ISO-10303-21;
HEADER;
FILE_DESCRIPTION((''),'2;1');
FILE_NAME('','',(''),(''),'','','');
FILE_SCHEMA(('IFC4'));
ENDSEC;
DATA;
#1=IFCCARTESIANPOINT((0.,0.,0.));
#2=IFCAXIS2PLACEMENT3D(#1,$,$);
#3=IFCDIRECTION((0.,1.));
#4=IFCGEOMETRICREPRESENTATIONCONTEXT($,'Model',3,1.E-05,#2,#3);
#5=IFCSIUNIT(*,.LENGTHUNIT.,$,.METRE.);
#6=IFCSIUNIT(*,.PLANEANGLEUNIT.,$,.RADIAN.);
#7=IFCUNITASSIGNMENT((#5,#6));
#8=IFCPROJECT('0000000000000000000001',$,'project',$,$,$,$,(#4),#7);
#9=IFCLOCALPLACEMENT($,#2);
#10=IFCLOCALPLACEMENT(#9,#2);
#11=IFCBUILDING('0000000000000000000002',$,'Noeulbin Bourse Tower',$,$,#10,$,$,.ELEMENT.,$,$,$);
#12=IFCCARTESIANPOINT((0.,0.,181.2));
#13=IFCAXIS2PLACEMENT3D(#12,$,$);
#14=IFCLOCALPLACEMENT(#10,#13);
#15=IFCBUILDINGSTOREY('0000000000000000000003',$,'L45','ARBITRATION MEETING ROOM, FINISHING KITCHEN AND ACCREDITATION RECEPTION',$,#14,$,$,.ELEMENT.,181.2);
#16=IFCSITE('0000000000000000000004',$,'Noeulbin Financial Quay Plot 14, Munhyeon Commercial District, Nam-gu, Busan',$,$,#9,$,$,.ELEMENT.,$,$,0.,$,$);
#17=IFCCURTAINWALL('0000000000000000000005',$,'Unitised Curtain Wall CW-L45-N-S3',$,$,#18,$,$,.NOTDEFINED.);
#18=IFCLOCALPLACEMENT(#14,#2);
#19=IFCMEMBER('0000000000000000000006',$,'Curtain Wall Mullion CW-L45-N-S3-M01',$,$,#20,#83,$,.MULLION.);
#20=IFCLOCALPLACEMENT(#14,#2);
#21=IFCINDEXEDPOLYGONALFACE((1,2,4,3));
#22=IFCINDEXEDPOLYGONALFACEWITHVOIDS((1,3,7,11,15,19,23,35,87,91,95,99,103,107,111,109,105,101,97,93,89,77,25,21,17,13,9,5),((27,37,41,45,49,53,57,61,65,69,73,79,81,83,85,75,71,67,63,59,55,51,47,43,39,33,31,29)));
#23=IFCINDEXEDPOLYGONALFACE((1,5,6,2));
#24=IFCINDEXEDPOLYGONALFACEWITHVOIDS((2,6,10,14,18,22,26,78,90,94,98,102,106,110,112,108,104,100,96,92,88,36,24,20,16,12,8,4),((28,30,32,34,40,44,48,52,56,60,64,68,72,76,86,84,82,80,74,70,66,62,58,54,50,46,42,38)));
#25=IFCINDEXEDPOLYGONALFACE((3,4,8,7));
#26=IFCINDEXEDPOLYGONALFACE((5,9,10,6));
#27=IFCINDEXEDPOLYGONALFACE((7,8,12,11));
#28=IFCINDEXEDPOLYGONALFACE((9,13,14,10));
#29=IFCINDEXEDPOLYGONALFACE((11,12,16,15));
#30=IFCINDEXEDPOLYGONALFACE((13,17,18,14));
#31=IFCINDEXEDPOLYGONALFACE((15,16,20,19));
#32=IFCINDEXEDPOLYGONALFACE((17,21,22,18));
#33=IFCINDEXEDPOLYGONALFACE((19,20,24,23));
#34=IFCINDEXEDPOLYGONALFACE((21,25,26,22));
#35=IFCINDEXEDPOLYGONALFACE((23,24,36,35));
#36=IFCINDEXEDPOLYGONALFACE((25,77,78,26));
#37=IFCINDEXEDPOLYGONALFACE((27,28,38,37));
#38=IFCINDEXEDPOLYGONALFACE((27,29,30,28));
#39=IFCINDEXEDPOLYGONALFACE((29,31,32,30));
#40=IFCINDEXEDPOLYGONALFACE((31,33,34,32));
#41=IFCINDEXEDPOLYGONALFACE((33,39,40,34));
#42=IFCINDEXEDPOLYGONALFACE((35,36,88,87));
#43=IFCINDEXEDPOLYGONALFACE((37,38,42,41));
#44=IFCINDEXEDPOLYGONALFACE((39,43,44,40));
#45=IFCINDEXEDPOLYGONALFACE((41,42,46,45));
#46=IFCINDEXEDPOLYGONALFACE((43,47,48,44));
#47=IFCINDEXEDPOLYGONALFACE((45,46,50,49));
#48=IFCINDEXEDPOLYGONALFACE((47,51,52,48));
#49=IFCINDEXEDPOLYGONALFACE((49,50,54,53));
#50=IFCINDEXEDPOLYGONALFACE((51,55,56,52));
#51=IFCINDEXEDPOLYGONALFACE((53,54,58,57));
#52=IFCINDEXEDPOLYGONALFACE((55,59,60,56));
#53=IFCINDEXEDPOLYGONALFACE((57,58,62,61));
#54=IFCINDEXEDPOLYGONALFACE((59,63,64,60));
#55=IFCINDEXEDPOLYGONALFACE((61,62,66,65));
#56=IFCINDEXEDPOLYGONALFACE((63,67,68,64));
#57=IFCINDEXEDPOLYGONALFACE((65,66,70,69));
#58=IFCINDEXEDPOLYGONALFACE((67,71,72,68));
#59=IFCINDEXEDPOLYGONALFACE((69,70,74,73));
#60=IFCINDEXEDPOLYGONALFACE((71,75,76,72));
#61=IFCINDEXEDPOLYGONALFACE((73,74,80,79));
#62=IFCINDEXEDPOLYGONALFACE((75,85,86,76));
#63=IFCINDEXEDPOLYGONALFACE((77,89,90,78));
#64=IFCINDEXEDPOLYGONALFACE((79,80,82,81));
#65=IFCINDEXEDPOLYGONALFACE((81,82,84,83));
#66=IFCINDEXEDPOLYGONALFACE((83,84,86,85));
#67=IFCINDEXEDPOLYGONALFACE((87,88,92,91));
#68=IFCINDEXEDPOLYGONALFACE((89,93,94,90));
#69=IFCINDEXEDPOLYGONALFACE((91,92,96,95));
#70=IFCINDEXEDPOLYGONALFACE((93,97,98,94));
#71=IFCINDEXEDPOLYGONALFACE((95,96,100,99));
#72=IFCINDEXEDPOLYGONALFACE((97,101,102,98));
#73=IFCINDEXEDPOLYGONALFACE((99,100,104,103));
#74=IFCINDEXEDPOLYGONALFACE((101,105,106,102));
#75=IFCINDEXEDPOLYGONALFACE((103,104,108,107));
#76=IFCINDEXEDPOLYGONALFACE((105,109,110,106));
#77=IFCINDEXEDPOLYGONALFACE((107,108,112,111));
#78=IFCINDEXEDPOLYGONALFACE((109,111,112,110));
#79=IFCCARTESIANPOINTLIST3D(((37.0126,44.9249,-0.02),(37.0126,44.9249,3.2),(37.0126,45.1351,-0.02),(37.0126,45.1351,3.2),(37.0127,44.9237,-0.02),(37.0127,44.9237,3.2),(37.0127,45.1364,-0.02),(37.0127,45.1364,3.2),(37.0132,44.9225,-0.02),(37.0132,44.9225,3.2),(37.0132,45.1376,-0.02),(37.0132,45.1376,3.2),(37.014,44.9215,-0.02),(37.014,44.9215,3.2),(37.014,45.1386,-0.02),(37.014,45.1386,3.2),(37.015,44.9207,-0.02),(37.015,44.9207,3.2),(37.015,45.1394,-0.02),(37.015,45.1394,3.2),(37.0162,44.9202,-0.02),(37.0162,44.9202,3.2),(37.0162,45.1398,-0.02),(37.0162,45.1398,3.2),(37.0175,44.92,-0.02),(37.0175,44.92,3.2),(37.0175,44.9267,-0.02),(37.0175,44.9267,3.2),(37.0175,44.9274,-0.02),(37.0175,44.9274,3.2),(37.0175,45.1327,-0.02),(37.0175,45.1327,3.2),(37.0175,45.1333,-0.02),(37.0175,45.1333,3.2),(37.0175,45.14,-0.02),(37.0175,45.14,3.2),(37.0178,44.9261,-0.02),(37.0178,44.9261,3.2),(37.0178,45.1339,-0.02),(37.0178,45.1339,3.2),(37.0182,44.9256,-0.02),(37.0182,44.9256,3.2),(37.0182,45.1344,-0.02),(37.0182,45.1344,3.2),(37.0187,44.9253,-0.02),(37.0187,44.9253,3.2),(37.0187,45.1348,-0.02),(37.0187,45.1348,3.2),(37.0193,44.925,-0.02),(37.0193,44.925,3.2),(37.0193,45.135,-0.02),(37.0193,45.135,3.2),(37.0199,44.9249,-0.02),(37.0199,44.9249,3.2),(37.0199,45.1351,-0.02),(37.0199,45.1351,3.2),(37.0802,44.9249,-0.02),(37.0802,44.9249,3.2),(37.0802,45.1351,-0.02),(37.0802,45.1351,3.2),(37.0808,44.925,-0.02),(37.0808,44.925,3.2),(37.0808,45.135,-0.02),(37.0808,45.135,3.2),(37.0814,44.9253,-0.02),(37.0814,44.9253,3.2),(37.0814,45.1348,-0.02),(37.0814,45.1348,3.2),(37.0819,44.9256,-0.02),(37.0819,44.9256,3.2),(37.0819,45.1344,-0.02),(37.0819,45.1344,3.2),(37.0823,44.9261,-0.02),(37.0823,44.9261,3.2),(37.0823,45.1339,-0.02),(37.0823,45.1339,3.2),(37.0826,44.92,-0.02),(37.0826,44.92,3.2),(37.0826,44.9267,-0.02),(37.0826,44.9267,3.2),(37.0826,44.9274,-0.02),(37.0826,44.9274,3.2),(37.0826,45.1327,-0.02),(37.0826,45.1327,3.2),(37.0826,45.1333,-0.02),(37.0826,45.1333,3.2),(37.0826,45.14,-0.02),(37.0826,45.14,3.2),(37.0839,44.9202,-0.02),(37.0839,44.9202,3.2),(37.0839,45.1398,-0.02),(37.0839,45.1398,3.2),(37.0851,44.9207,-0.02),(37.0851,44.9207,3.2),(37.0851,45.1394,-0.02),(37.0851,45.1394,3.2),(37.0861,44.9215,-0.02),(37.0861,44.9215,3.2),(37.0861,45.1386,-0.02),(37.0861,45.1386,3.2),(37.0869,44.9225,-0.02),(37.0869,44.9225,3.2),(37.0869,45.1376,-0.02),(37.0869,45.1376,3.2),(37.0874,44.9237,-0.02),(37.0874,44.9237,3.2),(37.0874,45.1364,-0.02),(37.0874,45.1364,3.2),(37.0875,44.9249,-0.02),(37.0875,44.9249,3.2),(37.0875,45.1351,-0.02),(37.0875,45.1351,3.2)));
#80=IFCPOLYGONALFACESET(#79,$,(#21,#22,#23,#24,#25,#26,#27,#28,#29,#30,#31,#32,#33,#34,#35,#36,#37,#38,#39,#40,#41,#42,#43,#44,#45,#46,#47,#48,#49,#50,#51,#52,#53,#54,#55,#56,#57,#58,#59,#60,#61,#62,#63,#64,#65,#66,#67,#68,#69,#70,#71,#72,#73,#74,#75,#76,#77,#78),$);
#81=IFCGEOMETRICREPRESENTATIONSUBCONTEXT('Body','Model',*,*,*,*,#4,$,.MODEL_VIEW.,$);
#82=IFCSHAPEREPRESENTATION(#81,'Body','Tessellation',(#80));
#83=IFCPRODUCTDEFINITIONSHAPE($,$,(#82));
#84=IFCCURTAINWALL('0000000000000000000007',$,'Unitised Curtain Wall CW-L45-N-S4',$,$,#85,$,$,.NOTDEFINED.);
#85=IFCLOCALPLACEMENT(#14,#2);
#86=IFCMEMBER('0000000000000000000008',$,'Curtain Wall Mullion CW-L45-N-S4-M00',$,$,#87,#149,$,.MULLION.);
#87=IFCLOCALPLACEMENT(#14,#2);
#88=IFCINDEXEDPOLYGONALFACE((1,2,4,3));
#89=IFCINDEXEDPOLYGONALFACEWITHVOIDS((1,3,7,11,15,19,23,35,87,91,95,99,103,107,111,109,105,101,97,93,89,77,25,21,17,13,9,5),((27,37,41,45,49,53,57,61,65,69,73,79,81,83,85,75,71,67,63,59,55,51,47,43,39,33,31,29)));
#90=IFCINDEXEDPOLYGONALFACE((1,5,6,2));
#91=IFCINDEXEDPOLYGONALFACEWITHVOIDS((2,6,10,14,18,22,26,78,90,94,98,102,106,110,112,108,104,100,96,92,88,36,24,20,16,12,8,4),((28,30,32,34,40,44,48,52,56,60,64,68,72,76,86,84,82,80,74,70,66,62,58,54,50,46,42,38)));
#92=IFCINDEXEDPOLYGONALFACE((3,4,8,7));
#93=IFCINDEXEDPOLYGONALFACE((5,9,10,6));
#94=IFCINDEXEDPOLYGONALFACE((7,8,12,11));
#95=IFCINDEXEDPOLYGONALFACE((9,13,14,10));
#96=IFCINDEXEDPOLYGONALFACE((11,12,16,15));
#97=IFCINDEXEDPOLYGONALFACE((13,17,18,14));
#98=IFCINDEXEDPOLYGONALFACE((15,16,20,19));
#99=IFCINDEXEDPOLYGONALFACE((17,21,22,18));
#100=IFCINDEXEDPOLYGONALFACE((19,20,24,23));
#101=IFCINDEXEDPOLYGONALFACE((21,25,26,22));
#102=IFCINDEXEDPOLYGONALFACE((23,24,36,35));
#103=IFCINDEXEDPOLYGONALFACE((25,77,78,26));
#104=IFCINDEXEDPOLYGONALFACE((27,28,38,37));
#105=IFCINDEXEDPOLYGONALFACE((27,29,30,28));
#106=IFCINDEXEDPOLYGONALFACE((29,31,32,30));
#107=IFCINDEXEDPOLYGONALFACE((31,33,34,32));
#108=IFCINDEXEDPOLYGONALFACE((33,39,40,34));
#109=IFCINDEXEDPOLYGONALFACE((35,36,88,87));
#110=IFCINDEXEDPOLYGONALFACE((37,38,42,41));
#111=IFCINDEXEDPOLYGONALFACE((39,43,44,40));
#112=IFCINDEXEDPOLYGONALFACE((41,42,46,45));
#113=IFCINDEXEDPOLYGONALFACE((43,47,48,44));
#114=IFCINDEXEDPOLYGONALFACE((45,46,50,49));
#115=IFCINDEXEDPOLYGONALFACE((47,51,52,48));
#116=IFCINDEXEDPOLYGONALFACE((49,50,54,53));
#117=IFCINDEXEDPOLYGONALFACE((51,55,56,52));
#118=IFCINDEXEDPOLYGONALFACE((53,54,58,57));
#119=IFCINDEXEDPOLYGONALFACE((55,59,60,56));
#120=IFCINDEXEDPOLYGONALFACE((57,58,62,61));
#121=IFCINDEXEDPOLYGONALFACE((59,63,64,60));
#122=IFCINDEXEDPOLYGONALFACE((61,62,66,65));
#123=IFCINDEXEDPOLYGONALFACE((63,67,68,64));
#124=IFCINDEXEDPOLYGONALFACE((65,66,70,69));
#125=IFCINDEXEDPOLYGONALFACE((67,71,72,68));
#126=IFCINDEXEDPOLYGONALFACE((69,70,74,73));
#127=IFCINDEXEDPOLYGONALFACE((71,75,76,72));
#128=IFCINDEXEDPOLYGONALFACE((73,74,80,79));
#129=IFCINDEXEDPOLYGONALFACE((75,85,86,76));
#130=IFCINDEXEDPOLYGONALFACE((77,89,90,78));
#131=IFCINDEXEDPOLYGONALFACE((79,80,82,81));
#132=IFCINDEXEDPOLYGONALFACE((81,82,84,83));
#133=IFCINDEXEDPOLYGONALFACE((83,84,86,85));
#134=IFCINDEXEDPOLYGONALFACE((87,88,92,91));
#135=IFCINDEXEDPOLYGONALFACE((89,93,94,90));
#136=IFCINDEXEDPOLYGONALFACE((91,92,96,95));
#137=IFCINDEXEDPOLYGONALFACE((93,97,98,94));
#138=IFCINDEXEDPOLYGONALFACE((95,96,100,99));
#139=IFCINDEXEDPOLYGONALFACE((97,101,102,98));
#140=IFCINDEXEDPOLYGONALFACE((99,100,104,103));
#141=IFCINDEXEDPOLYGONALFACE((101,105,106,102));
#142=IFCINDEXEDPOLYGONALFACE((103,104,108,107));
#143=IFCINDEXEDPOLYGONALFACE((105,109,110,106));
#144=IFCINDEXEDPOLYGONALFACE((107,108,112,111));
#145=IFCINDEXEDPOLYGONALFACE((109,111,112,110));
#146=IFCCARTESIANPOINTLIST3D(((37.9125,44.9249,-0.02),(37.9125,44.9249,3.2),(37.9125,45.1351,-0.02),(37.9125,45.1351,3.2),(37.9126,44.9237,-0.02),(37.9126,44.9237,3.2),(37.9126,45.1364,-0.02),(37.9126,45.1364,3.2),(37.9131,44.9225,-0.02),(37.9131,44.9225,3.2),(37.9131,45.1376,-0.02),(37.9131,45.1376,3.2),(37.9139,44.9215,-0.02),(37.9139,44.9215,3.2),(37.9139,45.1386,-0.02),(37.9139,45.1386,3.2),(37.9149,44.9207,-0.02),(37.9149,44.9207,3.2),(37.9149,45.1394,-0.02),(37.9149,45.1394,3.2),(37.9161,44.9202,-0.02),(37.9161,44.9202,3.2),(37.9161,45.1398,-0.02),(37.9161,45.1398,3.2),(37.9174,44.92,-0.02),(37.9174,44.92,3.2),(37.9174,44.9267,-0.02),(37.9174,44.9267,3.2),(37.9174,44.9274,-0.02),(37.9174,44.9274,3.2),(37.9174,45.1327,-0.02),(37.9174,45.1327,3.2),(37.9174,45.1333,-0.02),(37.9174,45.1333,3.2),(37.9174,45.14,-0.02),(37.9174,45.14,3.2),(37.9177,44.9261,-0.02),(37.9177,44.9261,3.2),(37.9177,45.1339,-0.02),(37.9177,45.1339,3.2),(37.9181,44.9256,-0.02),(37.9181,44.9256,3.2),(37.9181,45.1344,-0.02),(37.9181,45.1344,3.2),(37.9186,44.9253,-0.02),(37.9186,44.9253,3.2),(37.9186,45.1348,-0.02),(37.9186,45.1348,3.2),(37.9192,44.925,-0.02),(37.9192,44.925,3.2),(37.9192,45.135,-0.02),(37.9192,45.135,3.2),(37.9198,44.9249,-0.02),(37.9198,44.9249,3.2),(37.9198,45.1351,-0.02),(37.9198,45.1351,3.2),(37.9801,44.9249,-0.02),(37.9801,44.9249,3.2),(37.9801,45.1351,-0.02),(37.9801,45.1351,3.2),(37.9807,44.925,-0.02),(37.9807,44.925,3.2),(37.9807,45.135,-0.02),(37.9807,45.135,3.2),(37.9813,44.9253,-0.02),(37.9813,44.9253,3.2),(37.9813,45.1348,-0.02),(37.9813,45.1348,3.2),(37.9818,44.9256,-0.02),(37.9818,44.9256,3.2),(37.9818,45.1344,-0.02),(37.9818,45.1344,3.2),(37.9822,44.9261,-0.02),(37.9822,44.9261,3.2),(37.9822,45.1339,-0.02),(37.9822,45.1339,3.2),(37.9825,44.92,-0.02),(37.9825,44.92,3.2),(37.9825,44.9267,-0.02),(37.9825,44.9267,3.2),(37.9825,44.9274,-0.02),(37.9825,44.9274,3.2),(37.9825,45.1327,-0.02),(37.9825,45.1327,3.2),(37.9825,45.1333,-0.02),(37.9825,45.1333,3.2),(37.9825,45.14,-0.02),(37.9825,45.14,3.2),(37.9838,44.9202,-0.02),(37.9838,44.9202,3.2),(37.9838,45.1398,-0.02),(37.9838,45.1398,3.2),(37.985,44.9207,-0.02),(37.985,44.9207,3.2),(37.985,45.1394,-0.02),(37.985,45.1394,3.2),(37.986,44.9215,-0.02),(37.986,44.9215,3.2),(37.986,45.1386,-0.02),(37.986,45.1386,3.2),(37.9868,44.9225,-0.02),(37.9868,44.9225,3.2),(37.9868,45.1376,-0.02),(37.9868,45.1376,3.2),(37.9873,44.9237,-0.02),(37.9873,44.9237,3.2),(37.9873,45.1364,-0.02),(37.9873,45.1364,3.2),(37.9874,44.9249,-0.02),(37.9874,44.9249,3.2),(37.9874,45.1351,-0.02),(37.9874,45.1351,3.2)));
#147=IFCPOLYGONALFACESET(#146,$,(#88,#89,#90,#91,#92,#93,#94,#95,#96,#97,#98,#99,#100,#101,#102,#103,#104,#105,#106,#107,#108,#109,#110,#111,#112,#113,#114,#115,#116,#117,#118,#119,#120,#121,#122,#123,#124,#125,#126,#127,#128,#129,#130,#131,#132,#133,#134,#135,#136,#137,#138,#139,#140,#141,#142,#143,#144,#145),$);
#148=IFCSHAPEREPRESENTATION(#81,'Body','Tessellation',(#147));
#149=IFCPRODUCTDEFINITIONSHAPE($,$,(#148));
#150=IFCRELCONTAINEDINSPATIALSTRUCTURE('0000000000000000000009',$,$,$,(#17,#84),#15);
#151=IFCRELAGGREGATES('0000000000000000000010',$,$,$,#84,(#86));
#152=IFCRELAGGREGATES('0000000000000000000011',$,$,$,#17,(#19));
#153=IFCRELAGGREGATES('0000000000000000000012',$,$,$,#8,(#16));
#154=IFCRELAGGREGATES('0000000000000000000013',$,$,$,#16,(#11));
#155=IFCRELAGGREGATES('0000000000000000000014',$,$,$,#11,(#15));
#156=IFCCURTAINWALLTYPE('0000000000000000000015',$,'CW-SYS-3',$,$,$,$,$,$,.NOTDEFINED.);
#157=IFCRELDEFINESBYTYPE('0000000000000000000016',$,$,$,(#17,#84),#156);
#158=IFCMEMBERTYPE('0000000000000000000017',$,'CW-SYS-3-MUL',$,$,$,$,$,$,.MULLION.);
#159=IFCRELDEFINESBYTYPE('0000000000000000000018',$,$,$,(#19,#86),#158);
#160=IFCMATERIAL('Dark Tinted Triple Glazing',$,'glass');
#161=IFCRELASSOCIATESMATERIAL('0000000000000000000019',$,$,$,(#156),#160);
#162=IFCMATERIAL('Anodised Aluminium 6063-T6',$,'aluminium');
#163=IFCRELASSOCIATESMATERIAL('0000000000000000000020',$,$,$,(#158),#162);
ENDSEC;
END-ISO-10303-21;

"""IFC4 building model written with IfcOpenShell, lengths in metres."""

from ifc_helpers import new_model, si_unit, direction, frame, origin, origin_2d, place, context, subcontext, project, spatial, hollow_rectangle, extrude, material, material_profile, profile_set, type_object, element, aggregate, save


model = new_model("IFC4")

# Units and contexts
model_context = context("Model", 3, precision=1e-05, world=origin(), true_north=direction((0.0, 1.0)))
body_context = subcontext(model_context, "Body", "Model", "MODEL_VIEW")
ifc_project = project(units=[si_unit("LENGTHUNIT", "METRE"), si_unit("PLANEANGLEUNIT", "RADIAN")], contexts=[model_context])

# Site, building, storey
site_placement = place(None, origin())
site = spatial("IfcSite", under=ifc_project, at=site_placement, Name="Noeulbin Financial Quay Plot 14, Munhyeon Commercial District, Nam-gu, Busan", CompositionType="ELEMENT", RefElevation=0.0)
building_placement = place(site_placement, origin())
building = spatial("IfcBuilding", under=site, at=building_placement, Name="Noeulbin Bourse Tower", CompositionType="ELEMENT")
storey_placement = place(building_placement, frame((0.0, 0.0, 181.2)))
storey = spatial("IfcBuildingStorey", under=building, at=storey_placement, Name="L45", Description="ARBITRATION MEETING ROOM, FINISHING KITCHEN AND ACCREDITATION RECEPTION", CompositionType="ELEMENT", Elevation=181.2)

# Shared definitions
ifc_material_1 = material(Name="Dark Tinted Triple Glazing", Category="glass")
curtain_wall_type = type_object("IfcCurtainWallType", Name="CW-SYS-3", PredefinedType="NOTDEFINED", material=ifc_material_1)
ifc_material_2 = material(Name="Anodised Aluminium 6063-T6", Category="aluminium")
ifc_material_profile_1 = material_profile(ifc_material_2, hollow_rectangle(XDim=0.075, YDim=0.22, WallThickness=0.0049, InnerFilletRadius=0.0024, OuterFilletRadius=0.0049, at=origin_2d()), Name="ALU-MULL-75x220x5", Category="LoadBearing")
ifc_profile_set_1 = profile_set([ifc_material_profile_1], Name="Anodised Aluminium 6063-T6")
member_type_1 = type_object("IfcMemberType", Name="CW-SYS-3-MUL", PredefinedType="MULLION", material=ifc_profile_set_1)

# Curtain wall, member
curtain_wall_1_placement = place(storey_placement, origin())
curtain_wall_1 = element("IfcCurtainWall", 1, at=curtain_wall_1_placement, inside=storey, type_object=curtain_wall_type, Name="Unitised Curtain Wall CW-L45-N-S3", PredefinedType="NOTDEFINED")
member_1_placement = place(storey_placement, frame((37.05, 45.03, -0.02), z_axis=(0.0, 0.0, 1.0), x_axis=(1.0, 0.0, 0.0)))
member_1 = element("IfcMember", 2, at=member_1_placement, type_object=member_type_1, Name="Curtain Wall Mullion CW-L45-N-S3-M01", PredefinedType="MULLION", context=body_context, shape_type="SweptSolid", body=[
    extrude(hollow_rectangle(XDim=0.075, YDim=0.22, WallThickness=0.0049, InnerFilletRadius=0.0024, OuterFilletRadius=0.0049, at=origin_2d()), origin(), (0.0, 0.0, 1.0), 3.22),
])

# Curtain wall, member
curtain_wall_2_placement = place(storey_placement, origin())
curtain_wall_2 = element("IfcCurtainWall", 3, at=curtain_wall_2_placement, inside=storey, type_object=curtain_wall_type, Name="Unitised Curtain Wall CW-L45-N-S4", PredefinedType="NOTDEFINED")
member_2_placement = place(storey_placement, frame((37.95, 45.03, -0.02), z_axis=(0.0, 0.0, 1.0), x_axis=(1.0, 0.0, 0.0)))
member_2 = element("IfcMember", 4, at=member_2_placement, type_object=member_type_1, Name="Curtain Wall Mullion CW-L45-N-S4-M00", PredefinedType="MULLION", context=body_context, shape_type="SweptSolid", body=[
    extrude(hollow_rectangle(XDim=0.075, YDim=0.22, WallThickness=0.0049, InnerFilletRadius=0.0024, OuterFilletRadius=0.0049, at=origin_2d()), origin(), (0.0, 0.0, 1.0), 3.22),
])

aggregate(curtain_wall_2, [member_2])

aggregate(curtain_wall_1, [member_1])

save(model, "model.ifc")
